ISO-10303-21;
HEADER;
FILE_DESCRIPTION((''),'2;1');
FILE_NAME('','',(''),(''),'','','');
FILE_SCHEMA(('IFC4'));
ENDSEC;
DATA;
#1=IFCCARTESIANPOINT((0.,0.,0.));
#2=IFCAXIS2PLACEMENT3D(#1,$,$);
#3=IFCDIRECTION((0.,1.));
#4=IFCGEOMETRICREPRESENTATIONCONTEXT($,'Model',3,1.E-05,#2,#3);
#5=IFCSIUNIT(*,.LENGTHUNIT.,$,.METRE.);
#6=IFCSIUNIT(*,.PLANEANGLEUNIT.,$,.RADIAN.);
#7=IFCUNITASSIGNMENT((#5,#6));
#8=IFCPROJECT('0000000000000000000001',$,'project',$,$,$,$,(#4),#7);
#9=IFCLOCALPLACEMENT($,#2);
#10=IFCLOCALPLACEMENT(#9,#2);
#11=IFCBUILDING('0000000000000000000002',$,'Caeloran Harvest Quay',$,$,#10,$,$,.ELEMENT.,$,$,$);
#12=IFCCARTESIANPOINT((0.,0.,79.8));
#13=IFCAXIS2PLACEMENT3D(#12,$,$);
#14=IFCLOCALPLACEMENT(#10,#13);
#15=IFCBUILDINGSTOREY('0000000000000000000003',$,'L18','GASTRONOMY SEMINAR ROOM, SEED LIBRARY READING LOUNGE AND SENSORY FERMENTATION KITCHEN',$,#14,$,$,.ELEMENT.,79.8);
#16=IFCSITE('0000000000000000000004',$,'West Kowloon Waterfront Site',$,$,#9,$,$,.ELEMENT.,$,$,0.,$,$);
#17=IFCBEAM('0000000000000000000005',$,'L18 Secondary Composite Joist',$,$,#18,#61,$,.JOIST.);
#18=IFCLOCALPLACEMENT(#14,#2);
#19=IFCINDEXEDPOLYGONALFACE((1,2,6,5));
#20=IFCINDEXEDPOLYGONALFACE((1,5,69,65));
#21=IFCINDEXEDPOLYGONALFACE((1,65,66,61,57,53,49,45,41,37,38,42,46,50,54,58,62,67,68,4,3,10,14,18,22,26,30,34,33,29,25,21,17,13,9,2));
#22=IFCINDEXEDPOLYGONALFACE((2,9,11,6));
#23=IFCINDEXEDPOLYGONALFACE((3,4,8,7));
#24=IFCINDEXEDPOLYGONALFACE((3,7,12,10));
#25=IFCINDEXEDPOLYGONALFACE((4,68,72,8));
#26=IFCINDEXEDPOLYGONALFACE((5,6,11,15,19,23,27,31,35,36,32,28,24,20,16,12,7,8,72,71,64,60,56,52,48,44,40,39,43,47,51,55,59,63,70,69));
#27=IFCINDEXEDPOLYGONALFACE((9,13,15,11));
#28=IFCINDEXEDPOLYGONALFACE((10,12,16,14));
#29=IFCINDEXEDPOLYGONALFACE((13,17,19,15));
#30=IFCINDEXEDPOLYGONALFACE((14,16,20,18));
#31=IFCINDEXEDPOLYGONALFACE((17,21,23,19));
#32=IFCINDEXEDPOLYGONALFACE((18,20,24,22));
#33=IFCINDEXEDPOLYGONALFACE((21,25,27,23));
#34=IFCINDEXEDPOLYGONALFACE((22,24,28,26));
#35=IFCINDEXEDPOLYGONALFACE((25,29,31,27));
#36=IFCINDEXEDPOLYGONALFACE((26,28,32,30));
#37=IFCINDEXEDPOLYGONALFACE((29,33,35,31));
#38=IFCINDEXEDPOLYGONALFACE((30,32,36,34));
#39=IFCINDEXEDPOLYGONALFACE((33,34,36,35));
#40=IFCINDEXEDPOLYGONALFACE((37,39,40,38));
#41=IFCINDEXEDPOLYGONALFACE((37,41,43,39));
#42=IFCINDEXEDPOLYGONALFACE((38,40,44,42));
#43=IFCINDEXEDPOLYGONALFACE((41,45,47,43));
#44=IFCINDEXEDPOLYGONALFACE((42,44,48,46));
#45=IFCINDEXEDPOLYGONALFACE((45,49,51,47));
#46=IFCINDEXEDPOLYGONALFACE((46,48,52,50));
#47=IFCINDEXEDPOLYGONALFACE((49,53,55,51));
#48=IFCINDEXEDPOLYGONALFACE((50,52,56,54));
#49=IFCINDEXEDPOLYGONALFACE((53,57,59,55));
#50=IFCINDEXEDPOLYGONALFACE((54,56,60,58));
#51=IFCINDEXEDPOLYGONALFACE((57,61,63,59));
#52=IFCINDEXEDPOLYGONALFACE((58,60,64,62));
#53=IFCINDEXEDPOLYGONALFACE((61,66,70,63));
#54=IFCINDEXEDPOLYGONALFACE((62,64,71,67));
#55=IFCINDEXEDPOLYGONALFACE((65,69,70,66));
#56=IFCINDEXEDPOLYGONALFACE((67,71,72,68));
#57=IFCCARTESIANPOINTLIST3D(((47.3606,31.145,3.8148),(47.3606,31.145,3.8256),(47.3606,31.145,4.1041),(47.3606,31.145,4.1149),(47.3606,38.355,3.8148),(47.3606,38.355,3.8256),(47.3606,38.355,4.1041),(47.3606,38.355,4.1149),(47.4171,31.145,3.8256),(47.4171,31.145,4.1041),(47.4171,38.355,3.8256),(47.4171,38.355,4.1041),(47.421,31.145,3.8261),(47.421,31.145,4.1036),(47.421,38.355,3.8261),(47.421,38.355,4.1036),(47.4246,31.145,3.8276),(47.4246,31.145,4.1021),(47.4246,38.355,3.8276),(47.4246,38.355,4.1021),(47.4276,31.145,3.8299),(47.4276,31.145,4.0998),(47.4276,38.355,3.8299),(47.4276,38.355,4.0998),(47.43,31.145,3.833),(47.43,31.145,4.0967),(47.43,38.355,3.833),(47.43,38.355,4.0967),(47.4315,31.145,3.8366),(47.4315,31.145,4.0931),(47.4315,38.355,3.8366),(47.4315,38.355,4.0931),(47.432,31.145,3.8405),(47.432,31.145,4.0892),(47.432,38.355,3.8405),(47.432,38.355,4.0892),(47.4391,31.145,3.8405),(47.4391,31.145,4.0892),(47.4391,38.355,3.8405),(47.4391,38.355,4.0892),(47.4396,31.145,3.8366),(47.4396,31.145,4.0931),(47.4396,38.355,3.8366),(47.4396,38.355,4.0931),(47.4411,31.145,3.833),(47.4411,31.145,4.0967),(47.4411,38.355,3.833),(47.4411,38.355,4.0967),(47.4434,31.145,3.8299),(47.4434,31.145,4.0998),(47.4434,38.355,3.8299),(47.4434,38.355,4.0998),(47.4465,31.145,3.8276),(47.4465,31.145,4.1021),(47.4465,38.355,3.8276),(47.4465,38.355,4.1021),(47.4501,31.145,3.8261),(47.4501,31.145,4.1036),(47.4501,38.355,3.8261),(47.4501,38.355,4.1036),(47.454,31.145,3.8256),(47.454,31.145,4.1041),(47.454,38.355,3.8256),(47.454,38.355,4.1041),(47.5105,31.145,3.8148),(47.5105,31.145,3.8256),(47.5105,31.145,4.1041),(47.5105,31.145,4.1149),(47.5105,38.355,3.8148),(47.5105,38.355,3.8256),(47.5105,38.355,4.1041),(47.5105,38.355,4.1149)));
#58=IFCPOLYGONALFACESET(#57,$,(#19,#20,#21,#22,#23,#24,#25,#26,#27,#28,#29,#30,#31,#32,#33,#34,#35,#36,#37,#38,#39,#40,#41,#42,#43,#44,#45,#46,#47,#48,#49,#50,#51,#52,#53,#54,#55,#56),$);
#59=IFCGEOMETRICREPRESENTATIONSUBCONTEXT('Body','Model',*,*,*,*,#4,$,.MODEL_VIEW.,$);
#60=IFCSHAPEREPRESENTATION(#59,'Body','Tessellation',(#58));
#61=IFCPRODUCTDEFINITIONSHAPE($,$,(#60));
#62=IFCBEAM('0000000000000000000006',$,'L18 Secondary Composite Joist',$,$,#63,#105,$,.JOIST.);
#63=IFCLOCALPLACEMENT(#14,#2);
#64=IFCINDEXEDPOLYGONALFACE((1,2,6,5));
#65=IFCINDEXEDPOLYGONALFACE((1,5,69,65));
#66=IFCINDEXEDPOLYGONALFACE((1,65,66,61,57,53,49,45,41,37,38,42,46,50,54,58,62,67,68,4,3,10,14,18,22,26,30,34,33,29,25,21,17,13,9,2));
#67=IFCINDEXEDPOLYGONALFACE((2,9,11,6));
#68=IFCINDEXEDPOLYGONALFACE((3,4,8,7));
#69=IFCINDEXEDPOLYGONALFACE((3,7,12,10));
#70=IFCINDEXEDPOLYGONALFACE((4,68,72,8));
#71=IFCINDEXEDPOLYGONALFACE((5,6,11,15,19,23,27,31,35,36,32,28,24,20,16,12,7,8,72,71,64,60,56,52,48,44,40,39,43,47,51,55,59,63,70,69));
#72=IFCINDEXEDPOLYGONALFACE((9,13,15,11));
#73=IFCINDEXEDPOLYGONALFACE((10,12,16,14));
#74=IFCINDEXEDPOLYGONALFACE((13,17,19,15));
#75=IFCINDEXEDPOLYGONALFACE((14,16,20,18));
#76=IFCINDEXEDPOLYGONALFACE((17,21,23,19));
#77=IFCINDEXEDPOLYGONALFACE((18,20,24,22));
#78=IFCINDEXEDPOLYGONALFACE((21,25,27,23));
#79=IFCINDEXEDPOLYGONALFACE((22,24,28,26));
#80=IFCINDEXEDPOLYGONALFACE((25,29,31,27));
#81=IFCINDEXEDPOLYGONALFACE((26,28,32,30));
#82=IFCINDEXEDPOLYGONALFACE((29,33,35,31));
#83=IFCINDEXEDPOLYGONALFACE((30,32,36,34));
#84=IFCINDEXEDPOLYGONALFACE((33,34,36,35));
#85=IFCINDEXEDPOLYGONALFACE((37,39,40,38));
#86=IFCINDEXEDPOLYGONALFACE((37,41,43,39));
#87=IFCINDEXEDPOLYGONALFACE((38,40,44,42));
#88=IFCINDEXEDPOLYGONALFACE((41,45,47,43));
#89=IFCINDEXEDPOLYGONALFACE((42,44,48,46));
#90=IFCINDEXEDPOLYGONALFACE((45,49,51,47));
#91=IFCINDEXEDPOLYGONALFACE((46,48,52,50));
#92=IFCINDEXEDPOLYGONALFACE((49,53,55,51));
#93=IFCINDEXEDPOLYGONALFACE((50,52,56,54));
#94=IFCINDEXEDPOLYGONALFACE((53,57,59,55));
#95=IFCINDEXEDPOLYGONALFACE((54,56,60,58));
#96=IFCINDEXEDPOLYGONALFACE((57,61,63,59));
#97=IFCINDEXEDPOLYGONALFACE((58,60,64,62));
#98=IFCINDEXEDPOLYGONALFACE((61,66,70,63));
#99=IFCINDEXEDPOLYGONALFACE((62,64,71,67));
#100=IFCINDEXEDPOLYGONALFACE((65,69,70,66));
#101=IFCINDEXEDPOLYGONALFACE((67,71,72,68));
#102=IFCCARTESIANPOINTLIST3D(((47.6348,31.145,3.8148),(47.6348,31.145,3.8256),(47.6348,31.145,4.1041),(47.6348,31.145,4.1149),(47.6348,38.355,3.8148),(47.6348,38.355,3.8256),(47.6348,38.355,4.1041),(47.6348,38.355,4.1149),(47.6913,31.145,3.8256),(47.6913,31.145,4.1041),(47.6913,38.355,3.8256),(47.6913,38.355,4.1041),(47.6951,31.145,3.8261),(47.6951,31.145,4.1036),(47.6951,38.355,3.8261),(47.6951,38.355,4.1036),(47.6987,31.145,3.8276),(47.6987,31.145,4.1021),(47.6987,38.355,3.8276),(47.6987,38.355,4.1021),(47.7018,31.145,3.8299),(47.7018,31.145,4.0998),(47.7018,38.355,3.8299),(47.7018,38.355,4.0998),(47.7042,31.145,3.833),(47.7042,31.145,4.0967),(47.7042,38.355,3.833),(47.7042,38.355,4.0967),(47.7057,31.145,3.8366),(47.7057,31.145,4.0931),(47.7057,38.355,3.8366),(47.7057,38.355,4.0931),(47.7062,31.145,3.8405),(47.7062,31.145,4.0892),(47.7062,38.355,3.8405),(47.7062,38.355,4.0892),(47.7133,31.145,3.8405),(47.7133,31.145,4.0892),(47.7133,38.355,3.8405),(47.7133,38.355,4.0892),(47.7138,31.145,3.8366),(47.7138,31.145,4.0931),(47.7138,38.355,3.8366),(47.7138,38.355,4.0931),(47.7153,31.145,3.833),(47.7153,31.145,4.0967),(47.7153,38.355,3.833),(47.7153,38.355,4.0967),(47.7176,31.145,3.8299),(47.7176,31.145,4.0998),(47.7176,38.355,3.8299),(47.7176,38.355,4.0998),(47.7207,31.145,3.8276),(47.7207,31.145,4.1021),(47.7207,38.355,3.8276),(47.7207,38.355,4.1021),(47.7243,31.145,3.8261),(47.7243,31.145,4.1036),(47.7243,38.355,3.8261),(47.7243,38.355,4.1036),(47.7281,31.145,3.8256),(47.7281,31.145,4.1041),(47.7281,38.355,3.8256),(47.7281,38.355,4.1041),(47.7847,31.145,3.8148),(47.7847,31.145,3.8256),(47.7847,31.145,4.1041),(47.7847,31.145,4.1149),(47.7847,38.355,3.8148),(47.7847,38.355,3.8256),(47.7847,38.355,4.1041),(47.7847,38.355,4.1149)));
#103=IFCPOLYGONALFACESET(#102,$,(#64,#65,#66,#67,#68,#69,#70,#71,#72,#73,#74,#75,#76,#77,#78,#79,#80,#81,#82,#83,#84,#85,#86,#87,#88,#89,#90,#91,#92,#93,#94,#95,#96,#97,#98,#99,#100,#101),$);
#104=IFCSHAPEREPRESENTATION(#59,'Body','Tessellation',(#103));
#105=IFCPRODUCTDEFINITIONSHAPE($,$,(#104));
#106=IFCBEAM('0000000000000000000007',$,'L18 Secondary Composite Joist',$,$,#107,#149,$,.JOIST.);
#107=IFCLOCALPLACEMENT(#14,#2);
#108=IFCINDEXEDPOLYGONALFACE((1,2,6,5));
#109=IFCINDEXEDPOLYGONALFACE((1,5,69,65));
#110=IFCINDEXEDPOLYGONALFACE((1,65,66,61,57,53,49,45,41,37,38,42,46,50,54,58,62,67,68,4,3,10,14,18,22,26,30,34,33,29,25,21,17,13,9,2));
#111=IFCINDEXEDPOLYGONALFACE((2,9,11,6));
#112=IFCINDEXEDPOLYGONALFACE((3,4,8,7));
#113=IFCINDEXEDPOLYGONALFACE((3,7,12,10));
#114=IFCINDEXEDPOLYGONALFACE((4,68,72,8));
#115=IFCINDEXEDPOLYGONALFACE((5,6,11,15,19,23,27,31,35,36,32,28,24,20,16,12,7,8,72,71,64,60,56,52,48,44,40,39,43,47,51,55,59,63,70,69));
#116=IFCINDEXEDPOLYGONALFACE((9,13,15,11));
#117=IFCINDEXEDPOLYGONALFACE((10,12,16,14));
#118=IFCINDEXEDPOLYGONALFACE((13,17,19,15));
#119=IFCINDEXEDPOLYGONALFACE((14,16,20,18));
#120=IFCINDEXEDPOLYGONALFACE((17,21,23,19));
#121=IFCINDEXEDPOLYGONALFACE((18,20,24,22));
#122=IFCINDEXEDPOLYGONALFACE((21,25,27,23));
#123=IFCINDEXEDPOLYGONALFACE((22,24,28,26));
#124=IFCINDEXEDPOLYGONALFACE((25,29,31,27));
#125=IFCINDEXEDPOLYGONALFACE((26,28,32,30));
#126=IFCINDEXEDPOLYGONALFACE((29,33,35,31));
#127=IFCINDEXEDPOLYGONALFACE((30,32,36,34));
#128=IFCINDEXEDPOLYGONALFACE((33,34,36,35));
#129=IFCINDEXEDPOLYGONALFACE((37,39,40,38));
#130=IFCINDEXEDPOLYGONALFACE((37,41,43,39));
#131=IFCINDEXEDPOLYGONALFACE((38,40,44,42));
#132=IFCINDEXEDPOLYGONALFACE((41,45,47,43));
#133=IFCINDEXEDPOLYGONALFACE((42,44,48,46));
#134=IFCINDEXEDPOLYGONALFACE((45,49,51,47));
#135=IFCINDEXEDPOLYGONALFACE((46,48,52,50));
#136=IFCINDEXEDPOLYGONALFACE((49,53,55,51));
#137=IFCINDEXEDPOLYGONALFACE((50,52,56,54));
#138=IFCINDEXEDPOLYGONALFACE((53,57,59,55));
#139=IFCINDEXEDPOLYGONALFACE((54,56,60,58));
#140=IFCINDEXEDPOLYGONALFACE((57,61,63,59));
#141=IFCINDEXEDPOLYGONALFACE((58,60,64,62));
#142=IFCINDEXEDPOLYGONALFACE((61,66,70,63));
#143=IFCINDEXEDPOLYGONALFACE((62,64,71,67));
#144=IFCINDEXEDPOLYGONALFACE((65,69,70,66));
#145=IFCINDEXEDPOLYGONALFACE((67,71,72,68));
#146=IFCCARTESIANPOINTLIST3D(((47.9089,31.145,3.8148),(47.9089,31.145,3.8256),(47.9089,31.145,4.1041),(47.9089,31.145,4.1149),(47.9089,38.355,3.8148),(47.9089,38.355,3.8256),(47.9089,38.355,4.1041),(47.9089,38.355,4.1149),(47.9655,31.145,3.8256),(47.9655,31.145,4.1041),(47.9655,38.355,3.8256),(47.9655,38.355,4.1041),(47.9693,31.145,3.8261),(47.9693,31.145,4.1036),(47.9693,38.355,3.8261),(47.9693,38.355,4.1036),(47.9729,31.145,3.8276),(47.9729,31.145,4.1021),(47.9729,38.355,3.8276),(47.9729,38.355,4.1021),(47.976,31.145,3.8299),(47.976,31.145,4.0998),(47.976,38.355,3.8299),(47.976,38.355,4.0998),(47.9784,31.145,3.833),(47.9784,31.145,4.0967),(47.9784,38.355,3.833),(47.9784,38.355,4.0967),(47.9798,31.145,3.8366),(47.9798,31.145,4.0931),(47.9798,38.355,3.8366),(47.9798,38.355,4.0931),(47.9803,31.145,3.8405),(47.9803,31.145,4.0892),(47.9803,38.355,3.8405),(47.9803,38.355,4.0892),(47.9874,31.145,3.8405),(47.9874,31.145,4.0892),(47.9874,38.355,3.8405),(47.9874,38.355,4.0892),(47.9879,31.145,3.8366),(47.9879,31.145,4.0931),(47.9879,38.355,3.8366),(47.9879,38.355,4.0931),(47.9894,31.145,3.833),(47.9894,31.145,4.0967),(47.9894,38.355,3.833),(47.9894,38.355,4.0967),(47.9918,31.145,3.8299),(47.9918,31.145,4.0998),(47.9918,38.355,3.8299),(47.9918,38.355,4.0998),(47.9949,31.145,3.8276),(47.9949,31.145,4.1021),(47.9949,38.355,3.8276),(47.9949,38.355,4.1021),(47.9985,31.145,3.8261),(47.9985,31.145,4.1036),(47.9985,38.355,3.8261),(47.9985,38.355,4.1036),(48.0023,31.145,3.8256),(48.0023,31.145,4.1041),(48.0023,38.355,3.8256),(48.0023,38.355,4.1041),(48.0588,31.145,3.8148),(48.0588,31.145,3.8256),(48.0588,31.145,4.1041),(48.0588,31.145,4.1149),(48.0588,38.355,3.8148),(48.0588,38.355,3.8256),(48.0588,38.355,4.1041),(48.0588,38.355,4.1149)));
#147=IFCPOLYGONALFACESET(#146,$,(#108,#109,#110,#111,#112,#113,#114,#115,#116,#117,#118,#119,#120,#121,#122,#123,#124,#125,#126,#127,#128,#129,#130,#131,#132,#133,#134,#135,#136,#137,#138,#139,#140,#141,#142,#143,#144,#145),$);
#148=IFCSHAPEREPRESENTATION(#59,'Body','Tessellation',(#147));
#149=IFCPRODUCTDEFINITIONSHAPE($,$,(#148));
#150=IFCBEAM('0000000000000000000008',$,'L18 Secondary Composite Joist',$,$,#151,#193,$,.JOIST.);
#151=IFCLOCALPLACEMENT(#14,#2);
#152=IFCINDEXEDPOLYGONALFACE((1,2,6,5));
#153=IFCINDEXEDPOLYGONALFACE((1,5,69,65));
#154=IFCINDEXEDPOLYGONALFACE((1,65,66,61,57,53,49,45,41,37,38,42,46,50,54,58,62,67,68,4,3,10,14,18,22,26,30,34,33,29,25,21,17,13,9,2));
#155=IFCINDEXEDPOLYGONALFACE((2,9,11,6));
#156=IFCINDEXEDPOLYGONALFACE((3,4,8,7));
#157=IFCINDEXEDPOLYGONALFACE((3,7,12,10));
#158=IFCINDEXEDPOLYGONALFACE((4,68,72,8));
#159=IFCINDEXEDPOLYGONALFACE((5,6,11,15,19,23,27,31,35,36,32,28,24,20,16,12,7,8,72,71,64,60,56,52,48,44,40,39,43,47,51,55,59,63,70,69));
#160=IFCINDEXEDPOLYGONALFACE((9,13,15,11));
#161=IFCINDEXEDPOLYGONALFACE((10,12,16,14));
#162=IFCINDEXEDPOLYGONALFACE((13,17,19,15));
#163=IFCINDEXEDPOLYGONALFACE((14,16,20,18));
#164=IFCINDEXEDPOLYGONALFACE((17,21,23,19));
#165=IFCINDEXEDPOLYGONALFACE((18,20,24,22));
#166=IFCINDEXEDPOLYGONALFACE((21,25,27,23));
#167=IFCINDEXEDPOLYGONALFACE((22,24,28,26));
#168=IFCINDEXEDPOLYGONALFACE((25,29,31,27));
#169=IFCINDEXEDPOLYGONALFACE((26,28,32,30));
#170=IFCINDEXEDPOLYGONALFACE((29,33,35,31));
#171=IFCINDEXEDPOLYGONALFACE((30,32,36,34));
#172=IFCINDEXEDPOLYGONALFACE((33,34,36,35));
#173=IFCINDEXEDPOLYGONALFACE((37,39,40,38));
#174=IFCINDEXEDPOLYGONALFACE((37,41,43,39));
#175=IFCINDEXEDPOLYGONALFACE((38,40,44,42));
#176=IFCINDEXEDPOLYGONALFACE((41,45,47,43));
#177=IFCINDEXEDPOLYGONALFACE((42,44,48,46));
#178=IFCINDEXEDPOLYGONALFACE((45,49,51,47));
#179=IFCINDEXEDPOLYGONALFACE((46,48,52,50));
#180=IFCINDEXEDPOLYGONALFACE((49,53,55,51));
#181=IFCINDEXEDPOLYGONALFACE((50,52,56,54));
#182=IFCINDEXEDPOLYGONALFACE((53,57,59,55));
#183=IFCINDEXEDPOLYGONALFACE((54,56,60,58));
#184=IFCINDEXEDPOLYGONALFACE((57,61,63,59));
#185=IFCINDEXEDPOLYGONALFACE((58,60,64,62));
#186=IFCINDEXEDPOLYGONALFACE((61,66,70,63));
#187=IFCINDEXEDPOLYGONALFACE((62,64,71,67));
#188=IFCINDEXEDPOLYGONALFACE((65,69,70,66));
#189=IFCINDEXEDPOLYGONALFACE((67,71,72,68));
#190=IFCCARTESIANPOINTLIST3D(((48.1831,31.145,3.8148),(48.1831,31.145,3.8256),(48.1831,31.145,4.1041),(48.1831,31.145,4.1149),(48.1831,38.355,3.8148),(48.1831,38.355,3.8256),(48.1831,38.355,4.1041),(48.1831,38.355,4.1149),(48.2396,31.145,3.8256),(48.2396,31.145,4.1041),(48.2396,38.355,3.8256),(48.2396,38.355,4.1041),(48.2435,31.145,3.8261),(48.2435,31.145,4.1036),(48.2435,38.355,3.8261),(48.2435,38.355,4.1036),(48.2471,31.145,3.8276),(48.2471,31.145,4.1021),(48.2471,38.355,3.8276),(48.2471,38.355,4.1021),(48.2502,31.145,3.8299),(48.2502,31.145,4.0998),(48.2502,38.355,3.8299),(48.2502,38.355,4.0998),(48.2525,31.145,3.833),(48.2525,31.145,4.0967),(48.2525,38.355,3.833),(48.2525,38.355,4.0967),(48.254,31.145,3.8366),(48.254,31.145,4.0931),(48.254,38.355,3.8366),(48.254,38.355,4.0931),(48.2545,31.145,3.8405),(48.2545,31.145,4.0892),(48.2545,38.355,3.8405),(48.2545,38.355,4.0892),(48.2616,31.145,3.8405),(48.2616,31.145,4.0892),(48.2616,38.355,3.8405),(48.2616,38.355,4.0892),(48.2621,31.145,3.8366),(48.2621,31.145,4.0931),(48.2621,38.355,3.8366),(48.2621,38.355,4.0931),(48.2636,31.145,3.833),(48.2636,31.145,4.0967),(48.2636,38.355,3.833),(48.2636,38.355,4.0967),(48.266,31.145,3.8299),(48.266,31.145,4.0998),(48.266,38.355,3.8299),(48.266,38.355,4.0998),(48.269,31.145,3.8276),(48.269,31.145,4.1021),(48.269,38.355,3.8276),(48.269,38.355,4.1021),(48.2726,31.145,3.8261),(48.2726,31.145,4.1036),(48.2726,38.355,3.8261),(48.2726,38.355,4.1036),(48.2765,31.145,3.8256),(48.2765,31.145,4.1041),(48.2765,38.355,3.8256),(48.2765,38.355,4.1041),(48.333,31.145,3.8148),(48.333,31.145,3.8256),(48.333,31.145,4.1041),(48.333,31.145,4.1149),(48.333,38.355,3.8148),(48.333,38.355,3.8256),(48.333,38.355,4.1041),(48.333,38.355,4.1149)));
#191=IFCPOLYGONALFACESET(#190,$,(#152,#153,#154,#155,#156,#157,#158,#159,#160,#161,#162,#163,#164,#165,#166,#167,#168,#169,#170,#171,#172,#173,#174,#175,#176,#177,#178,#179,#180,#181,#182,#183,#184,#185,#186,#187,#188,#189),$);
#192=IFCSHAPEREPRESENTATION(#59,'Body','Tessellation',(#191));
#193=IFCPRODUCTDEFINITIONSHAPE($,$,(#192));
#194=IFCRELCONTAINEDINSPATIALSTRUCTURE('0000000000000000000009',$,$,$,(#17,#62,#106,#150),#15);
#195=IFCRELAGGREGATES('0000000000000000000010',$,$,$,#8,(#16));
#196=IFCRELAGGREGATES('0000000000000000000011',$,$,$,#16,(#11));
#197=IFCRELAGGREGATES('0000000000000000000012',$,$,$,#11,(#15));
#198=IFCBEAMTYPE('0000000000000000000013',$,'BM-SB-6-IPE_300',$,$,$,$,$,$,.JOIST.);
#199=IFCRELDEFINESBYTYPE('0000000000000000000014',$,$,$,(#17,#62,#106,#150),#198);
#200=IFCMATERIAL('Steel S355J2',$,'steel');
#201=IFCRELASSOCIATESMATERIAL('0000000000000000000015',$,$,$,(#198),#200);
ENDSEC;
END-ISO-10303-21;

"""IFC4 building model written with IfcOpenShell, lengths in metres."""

from ifc_helpers import new_model, si_unit, direction, frame, origin, origin_2d, place, context, subcontext, project, spatial, i_section, extrude, material, material_profile, profile_set, type_object, element, save


model = new_model("IFC4")

# Units and contexts
model_context = context("Model", 3, precision=1e-05, world=origin(), true_north=direction((0.0, 1.0)))
body_context = subcontext(model_context, "Body", "Model", "MODEL_VIEW")
ifc_project = project(units=[si_unit("LENGTHUNIT", "METRE"), si_unit("PLANEANGLEUNIT", "RADIAN")], contexts=[model_context])

# Site, building, storey
site_placement = place(None, origin())
site = spatial("IfcSite", under=ifc_project, at=site_placement, Name="West Kowloon Waterfront Site", CompositionType="ELEMENT", RefElevation=0.0)
building_placement = place(site_placement, origin())
building = spatial("IfcBuilding", under=site, at=building_placement, Name="Caeloran Harvest Quay", CompositionType="ELEMENT")
storey_placement = place(building_placement, frame((0.0, 0.0, 79.8)))
storey = spatial("IfcBuildingStorey", under=building, at=storey_placement, Name="L18", Description="GASTRONOMY SEMINAR ROOM, SEED LIBRARY READING LOUNGE AND SENSORY FERMENTATION KITCHEN", CompositionType="ELEMENT", Elevation=79.8)

# Beams
ifc_material_1 = material(Name="Steel S355J2", Category="steel")
ifc_material_profile_1 = material_profile(ifc_material_1, i_section(OverallWidth=0.1499, OverallDepth=0.3, WebThickness=0.0071, FlangeThickness=0.0107, FilletRadius=0.0149, at=origin_2d()), Name="IPE 300")
ifc_profile_set_1 = profile_set([ifc_material_profile_1], Name="Steel S355J2")
beam_type_1 = type_object("IfcBeamType", Name="BM-SB-6-IPE_300", PredefinedType="JOIST", material=ifc_profile_set_1)
for number, where, z_axis, x_axis, name in (
    (1, (47.4355, 31.145, 3.9648), (0.0, 1.0, 0.0), (-1.0, 0.0, 0.0), "L18 Secondary Composite Joist"),
    (2, (47.7097, 31.145, 3.9648), (0.0, 1.0, 0.0), (-1.0, 0.0, 0.0), "L18 Secondary Composite Joist"),
    (3, (47.9839, 31.145, 3.9648), (0.0, 1.0, 0.0), (-1.0, 0.0, 0.0), "L18 Secondary Composite Joist"),
    (4, (48.2581, 31.145, 3.9648), (0.0, 1.0, 0.0), (-1.0, 0.0, 0.0), "L18 Secondary Composite Joist"),
):
    element("IfcBeam", number, at=place(storey_placement, frame(where, z_axis=z_axis, x_axis=x_axis)), inside=storey, type_object=beam_type_1, Name=name, PredefinedType="JOIST", context=body_context, shape_type="SweptSolid", body=[
        extrude(i_section(OverallWidth=0.1499, OverallDepth=0.3, WebThickness=0.0071, FlangeThickness=0.0107, FilletRadius=0.0149, at=origin_2d()), origin(), (0.0, 0.0, 1.0), 7.21),
    ])

save(model, "model.ifc")
